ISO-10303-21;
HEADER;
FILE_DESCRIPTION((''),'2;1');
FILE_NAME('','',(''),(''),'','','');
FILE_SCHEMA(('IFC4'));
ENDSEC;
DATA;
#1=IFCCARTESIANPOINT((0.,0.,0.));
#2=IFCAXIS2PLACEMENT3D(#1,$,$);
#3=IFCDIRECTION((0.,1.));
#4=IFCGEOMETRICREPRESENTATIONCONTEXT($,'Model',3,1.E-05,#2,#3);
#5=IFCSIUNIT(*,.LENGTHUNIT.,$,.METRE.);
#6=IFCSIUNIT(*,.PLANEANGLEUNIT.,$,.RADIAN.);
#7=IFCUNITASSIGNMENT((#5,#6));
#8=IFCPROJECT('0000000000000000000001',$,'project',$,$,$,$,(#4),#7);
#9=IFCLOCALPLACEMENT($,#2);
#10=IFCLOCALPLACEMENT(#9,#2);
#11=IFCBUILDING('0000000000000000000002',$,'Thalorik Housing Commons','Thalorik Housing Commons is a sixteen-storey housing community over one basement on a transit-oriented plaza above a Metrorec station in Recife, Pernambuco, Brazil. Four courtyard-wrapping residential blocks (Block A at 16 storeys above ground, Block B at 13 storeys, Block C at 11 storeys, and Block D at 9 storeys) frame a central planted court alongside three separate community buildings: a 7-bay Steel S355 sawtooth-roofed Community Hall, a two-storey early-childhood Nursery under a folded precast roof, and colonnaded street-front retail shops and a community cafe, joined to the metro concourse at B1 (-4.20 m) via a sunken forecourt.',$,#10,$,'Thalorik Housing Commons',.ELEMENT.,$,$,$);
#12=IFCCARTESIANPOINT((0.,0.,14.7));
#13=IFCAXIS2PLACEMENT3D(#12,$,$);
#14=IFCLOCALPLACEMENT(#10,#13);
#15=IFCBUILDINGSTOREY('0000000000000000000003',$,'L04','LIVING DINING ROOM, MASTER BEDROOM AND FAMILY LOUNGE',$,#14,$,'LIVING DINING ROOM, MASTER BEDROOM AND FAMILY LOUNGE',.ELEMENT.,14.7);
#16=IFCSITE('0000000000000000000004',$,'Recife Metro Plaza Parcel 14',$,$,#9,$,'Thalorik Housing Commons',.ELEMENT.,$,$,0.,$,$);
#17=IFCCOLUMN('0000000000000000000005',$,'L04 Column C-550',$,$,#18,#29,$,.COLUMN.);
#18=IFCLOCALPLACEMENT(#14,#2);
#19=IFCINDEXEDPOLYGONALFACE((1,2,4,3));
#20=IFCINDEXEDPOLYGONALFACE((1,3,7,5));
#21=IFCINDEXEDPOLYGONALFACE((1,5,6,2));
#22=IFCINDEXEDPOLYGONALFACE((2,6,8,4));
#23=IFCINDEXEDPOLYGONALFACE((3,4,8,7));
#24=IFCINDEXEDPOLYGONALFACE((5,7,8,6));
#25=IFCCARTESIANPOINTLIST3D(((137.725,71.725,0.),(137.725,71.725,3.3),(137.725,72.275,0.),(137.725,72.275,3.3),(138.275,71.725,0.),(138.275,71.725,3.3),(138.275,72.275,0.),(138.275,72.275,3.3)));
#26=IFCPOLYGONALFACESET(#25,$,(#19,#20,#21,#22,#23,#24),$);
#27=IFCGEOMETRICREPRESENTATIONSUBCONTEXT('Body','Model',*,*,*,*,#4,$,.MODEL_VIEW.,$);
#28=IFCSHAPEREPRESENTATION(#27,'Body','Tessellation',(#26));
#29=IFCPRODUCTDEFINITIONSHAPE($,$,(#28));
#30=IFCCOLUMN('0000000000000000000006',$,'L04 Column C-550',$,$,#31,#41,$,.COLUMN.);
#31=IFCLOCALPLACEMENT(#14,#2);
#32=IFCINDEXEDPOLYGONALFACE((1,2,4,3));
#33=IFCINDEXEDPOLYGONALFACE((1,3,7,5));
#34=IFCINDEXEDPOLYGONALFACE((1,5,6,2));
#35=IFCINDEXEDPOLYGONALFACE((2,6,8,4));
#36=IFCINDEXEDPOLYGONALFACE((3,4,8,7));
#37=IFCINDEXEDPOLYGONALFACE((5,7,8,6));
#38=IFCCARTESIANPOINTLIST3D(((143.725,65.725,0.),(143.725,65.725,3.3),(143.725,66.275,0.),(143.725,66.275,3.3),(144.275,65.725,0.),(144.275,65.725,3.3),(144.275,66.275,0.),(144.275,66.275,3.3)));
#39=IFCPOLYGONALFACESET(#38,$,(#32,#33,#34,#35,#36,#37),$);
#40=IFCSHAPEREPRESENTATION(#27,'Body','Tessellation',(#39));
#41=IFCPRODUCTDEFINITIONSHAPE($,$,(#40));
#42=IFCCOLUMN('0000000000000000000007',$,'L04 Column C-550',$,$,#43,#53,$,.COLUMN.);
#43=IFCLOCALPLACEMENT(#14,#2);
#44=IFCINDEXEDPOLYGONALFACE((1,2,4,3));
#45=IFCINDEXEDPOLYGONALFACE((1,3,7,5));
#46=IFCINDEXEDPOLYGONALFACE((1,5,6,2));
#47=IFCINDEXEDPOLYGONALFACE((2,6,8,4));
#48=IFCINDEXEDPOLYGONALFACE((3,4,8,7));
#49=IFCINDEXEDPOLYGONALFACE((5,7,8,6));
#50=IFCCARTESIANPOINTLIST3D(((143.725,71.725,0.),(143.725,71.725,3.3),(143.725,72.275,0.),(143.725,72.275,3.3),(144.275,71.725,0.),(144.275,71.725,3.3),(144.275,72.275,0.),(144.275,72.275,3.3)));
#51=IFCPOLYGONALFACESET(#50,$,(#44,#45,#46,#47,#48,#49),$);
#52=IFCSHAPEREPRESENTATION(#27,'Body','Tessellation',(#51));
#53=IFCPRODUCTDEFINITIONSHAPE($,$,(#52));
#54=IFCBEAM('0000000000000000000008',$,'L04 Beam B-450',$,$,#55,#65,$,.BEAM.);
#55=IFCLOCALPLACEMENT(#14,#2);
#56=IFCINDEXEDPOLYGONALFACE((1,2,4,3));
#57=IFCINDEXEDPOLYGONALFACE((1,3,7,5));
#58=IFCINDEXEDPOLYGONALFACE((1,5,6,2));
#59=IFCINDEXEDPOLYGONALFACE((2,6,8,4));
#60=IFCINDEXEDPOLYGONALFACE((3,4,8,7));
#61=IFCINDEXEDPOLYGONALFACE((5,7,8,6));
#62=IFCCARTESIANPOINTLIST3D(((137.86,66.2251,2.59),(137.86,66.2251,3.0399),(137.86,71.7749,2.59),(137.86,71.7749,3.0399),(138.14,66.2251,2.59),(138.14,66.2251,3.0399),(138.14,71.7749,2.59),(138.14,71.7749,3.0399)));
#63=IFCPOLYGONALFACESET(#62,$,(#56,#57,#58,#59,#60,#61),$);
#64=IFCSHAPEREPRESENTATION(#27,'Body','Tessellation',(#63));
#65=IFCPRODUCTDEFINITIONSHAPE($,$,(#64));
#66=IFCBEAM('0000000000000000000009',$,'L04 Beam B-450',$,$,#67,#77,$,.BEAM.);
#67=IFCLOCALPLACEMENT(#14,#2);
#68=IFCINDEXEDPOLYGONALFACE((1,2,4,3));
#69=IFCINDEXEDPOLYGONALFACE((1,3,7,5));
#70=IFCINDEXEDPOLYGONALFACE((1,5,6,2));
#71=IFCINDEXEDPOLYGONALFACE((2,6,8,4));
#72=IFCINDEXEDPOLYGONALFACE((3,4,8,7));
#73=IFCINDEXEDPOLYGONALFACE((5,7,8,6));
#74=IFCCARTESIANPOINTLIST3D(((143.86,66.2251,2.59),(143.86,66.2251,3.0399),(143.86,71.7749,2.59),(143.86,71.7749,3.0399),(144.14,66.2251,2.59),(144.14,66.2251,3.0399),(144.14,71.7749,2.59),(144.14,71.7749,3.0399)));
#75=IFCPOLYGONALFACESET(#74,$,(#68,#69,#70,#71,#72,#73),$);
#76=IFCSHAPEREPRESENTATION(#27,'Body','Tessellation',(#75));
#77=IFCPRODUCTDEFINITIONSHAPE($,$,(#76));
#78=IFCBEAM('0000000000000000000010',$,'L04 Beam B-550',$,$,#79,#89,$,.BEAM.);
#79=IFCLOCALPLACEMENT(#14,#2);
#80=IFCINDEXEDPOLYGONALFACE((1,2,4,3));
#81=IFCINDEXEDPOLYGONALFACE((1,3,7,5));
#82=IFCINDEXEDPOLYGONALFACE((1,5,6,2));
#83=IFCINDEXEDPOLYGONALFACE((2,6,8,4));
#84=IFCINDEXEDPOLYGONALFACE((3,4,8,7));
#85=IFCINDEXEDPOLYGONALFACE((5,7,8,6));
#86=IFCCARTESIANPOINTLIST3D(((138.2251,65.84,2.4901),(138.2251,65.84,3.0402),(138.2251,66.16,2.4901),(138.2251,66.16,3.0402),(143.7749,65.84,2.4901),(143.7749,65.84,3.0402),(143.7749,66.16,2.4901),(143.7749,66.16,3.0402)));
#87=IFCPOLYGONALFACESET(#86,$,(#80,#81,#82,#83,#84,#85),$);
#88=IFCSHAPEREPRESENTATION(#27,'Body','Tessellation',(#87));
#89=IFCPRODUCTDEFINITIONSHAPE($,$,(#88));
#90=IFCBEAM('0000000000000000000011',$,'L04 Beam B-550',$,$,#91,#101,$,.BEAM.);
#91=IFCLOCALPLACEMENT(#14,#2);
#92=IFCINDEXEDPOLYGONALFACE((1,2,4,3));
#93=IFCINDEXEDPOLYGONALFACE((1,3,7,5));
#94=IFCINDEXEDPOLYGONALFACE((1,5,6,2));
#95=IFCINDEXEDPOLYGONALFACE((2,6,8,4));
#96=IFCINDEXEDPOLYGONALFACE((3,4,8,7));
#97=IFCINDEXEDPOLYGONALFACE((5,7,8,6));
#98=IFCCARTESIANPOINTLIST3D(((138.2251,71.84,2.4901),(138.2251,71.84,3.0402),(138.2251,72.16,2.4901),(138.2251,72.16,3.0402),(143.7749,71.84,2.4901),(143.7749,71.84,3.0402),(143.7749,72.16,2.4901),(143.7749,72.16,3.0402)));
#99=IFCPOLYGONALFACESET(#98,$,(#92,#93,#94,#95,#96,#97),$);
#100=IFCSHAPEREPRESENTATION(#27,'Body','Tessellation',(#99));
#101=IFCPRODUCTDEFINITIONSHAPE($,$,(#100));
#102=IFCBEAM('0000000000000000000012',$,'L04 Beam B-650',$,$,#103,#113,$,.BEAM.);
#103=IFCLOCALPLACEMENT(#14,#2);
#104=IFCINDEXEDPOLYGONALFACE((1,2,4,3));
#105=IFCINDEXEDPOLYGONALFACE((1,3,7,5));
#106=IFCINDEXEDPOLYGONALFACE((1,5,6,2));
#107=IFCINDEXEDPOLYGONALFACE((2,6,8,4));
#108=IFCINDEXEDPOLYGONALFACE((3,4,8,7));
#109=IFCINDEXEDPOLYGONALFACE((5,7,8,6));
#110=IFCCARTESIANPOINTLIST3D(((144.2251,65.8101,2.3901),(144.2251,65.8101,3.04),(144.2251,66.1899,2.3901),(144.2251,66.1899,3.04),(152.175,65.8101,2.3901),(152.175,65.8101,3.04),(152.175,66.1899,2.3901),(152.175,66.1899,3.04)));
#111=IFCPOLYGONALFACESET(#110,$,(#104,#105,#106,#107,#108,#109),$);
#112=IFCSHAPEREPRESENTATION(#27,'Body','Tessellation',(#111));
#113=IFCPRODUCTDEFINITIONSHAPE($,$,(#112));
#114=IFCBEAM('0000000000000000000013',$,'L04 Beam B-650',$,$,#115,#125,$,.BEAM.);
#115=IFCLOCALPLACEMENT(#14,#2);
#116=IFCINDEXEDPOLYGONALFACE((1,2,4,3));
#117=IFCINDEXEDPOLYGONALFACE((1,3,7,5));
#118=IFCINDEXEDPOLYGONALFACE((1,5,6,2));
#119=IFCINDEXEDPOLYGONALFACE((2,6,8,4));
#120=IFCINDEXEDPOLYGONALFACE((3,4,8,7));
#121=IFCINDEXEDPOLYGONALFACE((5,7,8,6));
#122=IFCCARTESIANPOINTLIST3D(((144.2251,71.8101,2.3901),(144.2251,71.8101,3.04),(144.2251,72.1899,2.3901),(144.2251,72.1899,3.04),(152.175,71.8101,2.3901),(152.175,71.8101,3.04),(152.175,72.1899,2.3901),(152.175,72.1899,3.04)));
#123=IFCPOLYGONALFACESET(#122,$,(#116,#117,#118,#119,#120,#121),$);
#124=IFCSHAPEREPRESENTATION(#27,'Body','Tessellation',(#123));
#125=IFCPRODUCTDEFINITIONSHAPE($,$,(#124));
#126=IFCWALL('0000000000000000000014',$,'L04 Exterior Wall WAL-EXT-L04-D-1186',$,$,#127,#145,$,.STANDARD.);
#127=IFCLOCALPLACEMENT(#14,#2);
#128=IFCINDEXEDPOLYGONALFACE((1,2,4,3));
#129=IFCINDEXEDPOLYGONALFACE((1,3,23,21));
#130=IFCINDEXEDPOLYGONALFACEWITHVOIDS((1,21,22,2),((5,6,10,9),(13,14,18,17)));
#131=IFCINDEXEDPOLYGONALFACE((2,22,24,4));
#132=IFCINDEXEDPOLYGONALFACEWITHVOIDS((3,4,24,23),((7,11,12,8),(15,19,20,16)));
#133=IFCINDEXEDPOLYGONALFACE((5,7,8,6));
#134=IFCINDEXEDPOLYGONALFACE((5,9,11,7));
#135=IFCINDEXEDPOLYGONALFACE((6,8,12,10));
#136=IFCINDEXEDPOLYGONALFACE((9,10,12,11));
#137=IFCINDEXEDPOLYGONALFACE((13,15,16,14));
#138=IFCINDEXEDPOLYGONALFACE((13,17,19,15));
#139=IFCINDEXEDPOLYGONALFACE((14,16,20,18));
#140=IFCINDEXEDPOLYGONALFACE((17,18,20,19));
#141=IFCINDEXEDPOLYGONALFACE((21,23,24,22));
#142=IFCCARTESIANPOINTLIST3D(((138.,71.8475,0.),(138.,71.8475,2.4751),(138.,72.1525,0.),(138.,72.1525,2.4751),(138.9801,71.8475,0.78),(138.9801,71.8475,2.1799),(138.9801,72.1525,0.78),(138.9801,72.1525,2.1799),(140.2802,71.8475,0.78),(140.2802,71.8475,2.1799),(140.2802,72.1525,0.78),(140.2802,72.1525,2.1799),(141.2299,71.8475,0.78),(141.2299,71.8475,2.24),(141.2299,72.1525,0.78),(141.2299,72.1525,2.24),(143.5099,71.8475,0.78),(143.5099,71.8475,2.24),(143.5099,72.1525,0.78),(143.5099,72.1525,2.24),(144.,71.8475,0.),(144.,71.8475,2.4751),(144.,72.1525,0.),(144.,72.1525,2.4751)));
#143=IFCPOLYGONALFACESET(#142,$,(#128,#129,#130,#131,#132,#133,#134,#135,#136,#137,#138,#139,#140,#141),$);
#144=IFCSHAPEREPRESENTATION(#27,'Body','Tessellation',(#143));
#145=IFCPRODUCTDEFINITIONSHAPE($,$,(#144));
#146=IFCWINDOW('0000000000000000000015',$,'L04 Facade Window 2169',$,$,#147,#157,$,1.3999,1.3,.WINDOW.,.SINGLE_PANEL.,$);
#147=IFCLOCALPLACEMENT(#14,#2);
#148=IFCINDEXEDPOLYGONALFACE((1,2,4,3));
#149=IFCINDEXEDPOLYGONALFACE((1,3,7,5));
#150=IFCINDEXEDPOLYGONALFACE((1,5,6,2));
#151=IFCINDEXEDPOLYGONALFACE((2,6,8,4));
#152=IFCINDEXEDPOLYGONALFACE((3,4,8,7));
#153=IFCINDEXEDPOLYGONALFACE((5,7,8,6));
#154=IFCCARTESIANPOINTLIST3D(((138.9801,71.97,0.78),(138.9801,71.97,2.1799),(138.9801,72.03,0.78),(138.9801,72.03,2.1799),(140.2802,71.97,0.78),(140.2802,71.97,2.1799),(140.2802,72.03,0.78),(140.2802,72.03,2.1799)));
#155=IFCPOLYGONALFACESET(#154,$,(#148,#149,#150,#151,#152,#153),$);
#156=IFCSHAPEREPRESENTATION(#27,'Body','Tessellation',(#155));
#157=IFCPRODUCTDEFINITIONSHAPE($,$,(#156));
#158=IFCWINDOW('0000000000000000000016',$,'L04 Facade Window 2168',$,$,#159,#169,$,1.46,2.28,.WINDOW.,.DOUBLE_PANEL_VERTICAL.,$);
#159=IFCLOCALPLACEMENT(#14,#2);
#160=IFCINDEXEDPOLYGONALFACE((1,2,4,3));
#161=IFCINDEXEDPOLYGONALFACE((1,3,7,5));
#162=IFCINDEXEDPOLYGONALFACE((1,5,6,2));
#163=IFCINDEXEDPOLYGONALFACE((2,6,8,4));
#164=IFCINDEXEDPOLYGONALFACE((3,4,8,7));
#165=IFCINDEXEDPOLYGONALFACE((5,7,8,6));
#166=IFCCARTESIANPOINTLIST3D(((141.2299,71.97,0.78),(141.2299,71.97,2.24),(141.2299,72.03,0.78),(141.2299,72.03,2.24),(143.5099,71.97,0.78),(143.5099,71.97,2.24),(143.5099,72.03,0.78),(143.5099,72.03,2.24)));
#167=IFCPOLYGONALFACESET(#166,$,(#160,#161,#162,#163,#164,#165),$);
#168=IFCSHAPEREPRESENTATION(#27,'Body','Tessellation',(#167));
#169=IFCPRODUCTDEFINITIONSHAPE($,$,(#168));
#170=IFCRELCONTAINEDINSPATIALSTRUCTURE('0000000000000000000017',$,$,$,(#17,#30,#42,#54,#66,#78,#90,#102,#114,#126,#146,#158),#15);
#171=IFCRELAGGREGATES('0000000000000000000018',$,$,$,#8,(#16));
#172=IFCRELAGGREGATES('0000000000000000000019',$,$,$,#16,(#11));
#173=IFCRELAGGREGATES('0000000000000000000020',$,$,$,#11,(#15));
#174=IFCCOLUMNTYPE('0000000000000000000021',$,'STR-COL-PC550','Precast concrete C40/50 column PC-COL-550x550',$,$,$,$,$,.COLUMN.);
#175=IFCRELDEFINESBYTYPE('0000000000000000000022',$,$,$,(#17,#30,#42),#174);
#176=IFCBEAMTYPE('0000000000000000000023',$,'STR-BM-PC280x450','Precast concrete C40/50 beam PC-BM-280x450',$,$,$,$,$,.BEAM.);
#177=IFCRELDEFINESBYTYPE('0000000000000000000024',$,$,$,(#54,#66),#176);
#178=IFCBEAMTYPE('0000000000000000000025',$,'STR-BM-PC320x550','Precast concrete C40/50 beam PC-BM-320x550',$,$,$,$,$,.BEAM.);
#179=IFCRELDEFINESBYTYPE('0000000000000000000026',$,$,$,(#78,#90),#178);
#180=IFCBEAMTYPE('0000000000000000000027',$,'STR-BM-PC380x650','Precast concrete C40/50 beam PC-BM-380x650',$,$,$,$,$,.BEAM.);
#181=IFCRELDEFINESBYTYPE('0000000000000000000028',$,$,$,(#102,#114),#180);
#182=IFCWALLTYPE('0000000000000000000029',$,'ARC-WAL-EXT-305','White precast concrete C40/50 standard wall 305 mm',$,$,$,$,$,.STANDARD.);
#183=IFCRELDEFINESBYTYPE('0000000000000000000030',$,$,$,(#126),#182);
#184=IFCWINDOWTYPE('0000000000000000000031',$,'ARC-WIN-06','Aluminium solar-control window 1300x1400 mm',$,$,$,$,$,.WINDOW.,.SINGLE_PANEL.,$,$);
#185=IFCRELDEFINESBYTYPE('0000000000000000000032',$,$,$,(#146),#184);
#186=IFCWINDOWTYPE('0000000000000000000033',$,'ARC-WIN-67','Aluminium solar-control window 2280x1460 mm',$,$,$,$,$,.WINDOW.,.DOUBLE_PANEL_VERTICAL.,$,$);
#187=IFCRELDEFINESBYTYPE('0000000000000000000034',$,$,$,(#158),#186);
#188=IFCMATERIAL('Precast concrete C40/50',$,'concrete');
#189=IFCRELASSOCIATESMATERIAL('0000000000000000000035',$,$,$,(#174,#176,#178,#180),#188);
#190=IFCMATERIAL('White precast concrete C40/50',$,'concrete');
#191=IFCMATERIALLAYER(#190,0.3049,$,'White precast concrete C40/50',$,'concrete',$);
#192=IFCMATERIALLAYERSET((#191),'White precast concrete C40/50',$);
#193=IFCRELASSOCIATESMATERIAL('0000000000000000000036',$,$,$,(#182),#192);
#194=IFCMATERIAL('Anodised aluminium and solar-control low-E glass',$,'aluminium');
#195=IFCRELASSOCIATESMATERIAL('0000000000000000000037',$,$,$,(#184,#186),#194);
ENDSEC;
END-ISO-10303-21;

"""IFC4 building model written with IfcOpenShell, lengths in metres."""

from ifc_helpers import new_model, si_unit, direction, frame, frame_2d, origin, origin_2d, place, context, subcontext, project, spatial, rectangle, extrude, material, layer, layer_set, material_profile, profile_set, type_object, element, fill, save


model = new_model("IFC4")

# Units and contexts
model_context = context("Model", 3, precision=1e-05, world=origin(), true_north=direction((0.0, 1.0)))
body_context = subcontext(model_context, "Body", "Model", "MODEL_VIEW")
ifc_project = project(units=[si_unit("LENGTHUNIT", "METRE"), si_unit("PLANEANGLEUNIT", "RADIAN")], contexts=[model_context])

# Site, building, storey
site_placement = place(None, origin())
site = spatial("IfcSite", under=ifc_project, at=site_placement, Name="Recife Metro Plaza Parcel 14", LongName="Thalorik Housing Commons", CompositionType="ELEMENT", RefElevation=0.0)
building_placement = place(site_placement, origin())
building = spatial("IfcBuilding", under=site, at=building_placement, Name="Thalorik Housing Commons", Description="Thalorik Housing Commons is a sixteen-storey housing community over one basement on a transit-oriented plaza above a Metrorec station in Recife, Pernambuco, Brazil. Four courtyard-wrapping residential blocks (Block A at 16 storeys above ground, Block B at 13 storeys, Block C at 11 storeys, and Block D at 9 storeys) frame a central planted court alongside three separate community buildings: a 7-bay Steel S355 sawtooth-roofed Community Hall, a two-storey early-childhood Nursery under a folded precast roof, and colonnaded street-front retail shops and a community cafe, joined to the metro concourse at B1 (-4.20 m) via a sunken forecourt.", LongName="Thalorik Housing Commons", CompositionType="ELEMENT")
storey_placement = place(building_placement, frame((0.0, 0.0, 14.7)))
storey = spatial("IfcBuildingStorey", under=building, at=storey_placement, Name="L04", Description="LIVING DINING ROOM, MASTER BEDROOM AND FAMILY LOUNGE", LongName="LIVING DINING ROOM, MASTER BEDROOM AND FAMILY LOUNGE", CompositionType="ELEMENT", Elevation=14.7)

# Columns
ifc_material_1 = material(Name="Precast concrete C40/50", Category="concrete")
ifc_material_profile_1 = material_profile(ifc_material_1, rectangle(XDim=0.55, YDim=0.55, at=origin_2d()), Name="PC 550x550", Category="concrete")
ifc_profile_set_1 = profile_set([ifc_material_profile_1], Name="Precast concrete C40/50")
column_type = type_object("IfcColumnType", Name="STR-COL-PC550", Description="Precast concrete C40/50 column PC-COL-550x550", PredefinedType="COLUMN", material=ifc_profile_set_1)
for number, where, z_axis, x_axis, name in (
    (1, (138.0, 72.0, 0.0), (0.0, 0.0, 1.0), (1.0, 0.0, 0.0), "L04 Column C-550"),
    (2, (144.0, 66.0, 0.0), (0.0, 0.0, 1.0), (1.0, 0.0, 0.0), "L04 Column C-550"),
    (3, (144.0, 72.0, 0.0), (0.0, 0.0, 1.0), (1.0, 0.0, 0.0), "L04 Column C-550"),
):
    element("IfcColumn", number, at=place(storey_placement, frame(where, z_axis=z_axis, x_axis=x_axis)), inside=storey, type_object=column_type, Name=name, PredefinedType="COLUMN", context=body_context, shape_type="SweptSolid", body=[
        extrude(rectangle(XDim=0.55, YDim=0.55, at=origin_2d()), origin(), (0.0, 0.0, 1.0), 3.3),
    ])

# Beams
ifc_material_profile_2 = material_profile(ifc_material_1, rectangle(XDim=0.28, YDim=0.45, at=origin_2d()), Name="PC 280x450", Category="concrete")
ifc_profile_set_2 = profile_set([ifc_material_profile_2], Name="Precast concrete C40/50")
beam_type_1 = type_object("IfcBeamType", Name="STR-BM-PC280x450", Description="Precast concrete C40/50 beam PC-BM-280x450", PredefinedType="BEAM", material=ifc_profile_set_2)
for number, where, z_axis, x_axis, name in (
    (4, (138.0, 66.2251, 2.8149), (0.0, 1.0, 0.0), (-1.0, 0.0, 0.0), "L04 Beam B-450"),
    (5, (144.0, 66.2251, 2.8149), (0.0, 1.0, 0.0), (-1.0, 0.0, 0.0), "L04 Beam B-450"),
):
    element("IfcBeam", number, at=place(storey_placement, frame(where, z_axis=z_axis, x_axis=x_axis)), inside=storey, type_object=beam_type_1, Name=name, PredefinedType="BEAM", context=body_context, shape_type="SweptSolid", body=[
        extrude(rectangle(XDim=0.28, YDim=0.45, at=origin_2d()), origin(), (0.0, 0.0, 1.0), 5.5498),
    ])
ifc_material_profile_3 = material_profile(ifc_material_1, rectangle(XDim=0.3201, YDim=0.55, at=origin_2d()), Name="PC 320x550", Category="concrete")
ifc_profile_set_3 = profile_set([ifc_material_profile_3], Name="Precast concrete C40/50")
beam_type_2 = type_object("IfcBeamType", Name="STR-BM-PC320x550", Description="Precast concrete C40/50 beam PC-BM-320x550", PredefinedType="BEAM", material=ifc_profile_set_3)
for number, where, z_axis, x_axis, name in (
    (6, (138.2251, 66.0, 2.7651), (1.0, 0.0, 0.0), (0.0, 1.0, 0.0), "L04 Beam B-550"),
    (7, (138.2251, 72.0, 2.7651), (1.0, 0.0, 0.0), (0.0, 1.0, 0.0), "L04 Beam B-550"),
):
    element("IfcBeam", number, at=place(storey_placement, frame(where, z_axis=z_axis, x_axis=x_axis)), inside=storey, type_object=beam_type_2, Name=name, PredefinedType="BEAM", context=body_context, shape_type="SweptSolid", body=[
        extrude(rectangle(XDim=0.3201, YDim=0.55, at=origin_2d()), origin(), (0.0, 0.0, 1.0), 5.5498),
    ])
ifc_material_profile_4 = material_profile(ifc_material_1, rectangle(XDim=0.3799, YDim=0.6499, at=origin_2d()), Name="PC 380x650", Category="concrete")
ifc_profile_set_4 = profile_set([ifc_material_profile_4], Name="Precast concrete C40/50")
beam_type_3 = type_object("IfcBeamType", Name="STR-BM-PC380x650", Description="Precast concrete C40/50 beam PC-BM-380x650", PredefinedType="BEAM", material=ifc_profile_set_4)
for number, where, z_axis, x_axis, name in (
    (8, (144.2251, 66.0, 2.7151), (1.0, 0.0, 0.0), (0.0, 1.0, 0.0), "L04 Beam B-650"),
    (9, (144.2251, 72.0, 2.7151), (1.0, 0.0, 0.0), (0.0, 1.0, 0.0), "L04 Beam B-650"),
):
    element("IfcBeam", number, at=place(storey_placement, frame(where, z_axis=z_axis, x_axis=x_axis)), inside=storey, type_object=beam_type_3, Name=name, PredefinedType="BEAM", context=body_context, shape_type="SweptSolid", body=[
        extrude(rectangle(XDim=0.3799, YDim=0.6499, at=origin_2d()), origin(), (0.0, 0.0, 1.0), 7.95),
    ])

# Wall, openings, windows
ifc_material_2 = material(Name="White precast concrete C40/50", Category="concrete")
ifc_layer_1 = layer(ifc_material_2, 0.3049, Name="White precast concrete C40/50", Category="concrete")
ifc_layer_set_1 = layer_set([ifc_layer_1], Name="White precast concrete C40/50")
wall_type_1 = type_object("IfcWallType", Name="ARC-WAL-EXT-305", Description="White precast concrete C40/50 standard wall 305 mm", PredefinedType="STANDARD", material=ifc_layer_set_1)
wall_1_placement = place(storey_placement, frame((144.0, 72.0, 0.0), z_axis=(0.0, 0.0, 1.0), x_axis=(-1.0, 0.0, 0.0)))
wall_1 = element("IfcWall", 10, at=wall_1_placement, inside=storey, type_object=wall_type_1, Name="L04 Exterior Wall WAL-EXT-L04-D-1186", PredefinedType="STANDARD", context=body_context, shape_type="SweptSolid", body=[
    extrude(rectangle(XDim=6.0, YDim=0.3049, at=frame_2d((3.0, 0.0))), origin(), (0.0, 0.0, 1.0), 2.4751),
])
opening_1_placement = place(wall_1_placement, frame((0.49, 0.0, 0.78)))
opening_1 = element("IfcOpeningElement", 11, at=opening_1_placement, cuts=wall_1, PredefinedType="OPENING", context=body_context, shape_type="SweptSolid", body=[
    extrude(rectangle(XDim=2.28, YDim=1.46, at=frame_2d((1.1401, 0.73))), frame((0.0, 0.1626, 0.0), z_axis=(0.0, -1.0, 0.0), x_axis=(1.0, 0.0, 0.0)), (0.0, 0.0, 1.0), 0.325),
])
opening_2_placement = place(wall_1_placement, frame((3.72, 0.0, 0.78)))
opening_2 = element("IfcOpeningElement", 12, at=opening_2_placement, cuts=wall_1, PredefinedType="OPENING", context=body_context, shape_type="SweptSolid", body=[
    extrude(rectangle(XDim=1.3, YDim=1.3999, at=frame_2d((0.6499, 0.7))), frame((0.0, 0.1626, 0.0), z_axis=(0.0, -1.0, 0.0), x_axis=(1.0, 0.0, 0.0)), (0.0, 0.0, 1.0), 0.325),
])
ifc_material_3 = material(Name="Anodised aluminium and solar-control low-E glass", Category="aluminium")
window_type_1 = type_object("IfcWindowType", Name="ARC-WIN-06", Description="Aluminium solar-control window 1300x1400 mm", PartitioningType="SINGLE_PANEL", PredefinedType="WINDOW", material=ifc_material_3)
window_1_placement = place(opening_2_placement, origin())
window_1 = element("IfcWindow", 13, at=window_1_placement, inside=storey, type_object=window_type_1, Name="L04 Facade Window 2169", OverallHeight=1.3999, OverallWidth=1.3, PartitioningType="SINGLE_PANEL", PredefinedType="WINDOW", context=body_context, shape_type="SweptSolid", body=[
    extrude(rectangle(XDim=1.3, YDim=1.3999, at=frame_2d((0.6499, 0.7))), frame((0.0, 0.03, 0.0), z_axis=(0.0, -1.0, 0.0), x_axis=(1.0, 0.0, 0.0)), (0.0, 0.0, 1.0), 0.0601),
])
fill(opening_2, window_1)
window_type_2 = type_object("IfcWindowType", Name="ARC-WIN-67", Description="Aluminium solar-control window 2280x1460 mm", PartitioningType="DOUBLE_PANEL_VERTICAL", PredefinedType="WINDOW", material=ifc_material_3)
window_2_placement = place(opening_1_placement, origin())
window_2 = element("IfcWindow", 14, at=window_2_placement, inside=storey, type_object=window_type_2, Name="L04 Facade Window 2168", OverallHeight=1.46, OverallWidth=2.28, PartitioningType="DOUBLE_PANEL_VERTICAL", PredefinedType="WINDOW", context=body_context, shape_type="SweptSolid", body=[
    extrude(rectangle(XDim=2.28, YDim=1.46, at=frame_2d((1.1401, 0.73))), frame((0.0, 0.03, 0.0), z_axis=(0.0, -1.0, 0.0), x_axis=(1.0, 0.0, 0.0)), (0.0, 0.0, 1.0), 0.0601),
])
fill(opening_1, window_2)

save(model, "model.ifc")
